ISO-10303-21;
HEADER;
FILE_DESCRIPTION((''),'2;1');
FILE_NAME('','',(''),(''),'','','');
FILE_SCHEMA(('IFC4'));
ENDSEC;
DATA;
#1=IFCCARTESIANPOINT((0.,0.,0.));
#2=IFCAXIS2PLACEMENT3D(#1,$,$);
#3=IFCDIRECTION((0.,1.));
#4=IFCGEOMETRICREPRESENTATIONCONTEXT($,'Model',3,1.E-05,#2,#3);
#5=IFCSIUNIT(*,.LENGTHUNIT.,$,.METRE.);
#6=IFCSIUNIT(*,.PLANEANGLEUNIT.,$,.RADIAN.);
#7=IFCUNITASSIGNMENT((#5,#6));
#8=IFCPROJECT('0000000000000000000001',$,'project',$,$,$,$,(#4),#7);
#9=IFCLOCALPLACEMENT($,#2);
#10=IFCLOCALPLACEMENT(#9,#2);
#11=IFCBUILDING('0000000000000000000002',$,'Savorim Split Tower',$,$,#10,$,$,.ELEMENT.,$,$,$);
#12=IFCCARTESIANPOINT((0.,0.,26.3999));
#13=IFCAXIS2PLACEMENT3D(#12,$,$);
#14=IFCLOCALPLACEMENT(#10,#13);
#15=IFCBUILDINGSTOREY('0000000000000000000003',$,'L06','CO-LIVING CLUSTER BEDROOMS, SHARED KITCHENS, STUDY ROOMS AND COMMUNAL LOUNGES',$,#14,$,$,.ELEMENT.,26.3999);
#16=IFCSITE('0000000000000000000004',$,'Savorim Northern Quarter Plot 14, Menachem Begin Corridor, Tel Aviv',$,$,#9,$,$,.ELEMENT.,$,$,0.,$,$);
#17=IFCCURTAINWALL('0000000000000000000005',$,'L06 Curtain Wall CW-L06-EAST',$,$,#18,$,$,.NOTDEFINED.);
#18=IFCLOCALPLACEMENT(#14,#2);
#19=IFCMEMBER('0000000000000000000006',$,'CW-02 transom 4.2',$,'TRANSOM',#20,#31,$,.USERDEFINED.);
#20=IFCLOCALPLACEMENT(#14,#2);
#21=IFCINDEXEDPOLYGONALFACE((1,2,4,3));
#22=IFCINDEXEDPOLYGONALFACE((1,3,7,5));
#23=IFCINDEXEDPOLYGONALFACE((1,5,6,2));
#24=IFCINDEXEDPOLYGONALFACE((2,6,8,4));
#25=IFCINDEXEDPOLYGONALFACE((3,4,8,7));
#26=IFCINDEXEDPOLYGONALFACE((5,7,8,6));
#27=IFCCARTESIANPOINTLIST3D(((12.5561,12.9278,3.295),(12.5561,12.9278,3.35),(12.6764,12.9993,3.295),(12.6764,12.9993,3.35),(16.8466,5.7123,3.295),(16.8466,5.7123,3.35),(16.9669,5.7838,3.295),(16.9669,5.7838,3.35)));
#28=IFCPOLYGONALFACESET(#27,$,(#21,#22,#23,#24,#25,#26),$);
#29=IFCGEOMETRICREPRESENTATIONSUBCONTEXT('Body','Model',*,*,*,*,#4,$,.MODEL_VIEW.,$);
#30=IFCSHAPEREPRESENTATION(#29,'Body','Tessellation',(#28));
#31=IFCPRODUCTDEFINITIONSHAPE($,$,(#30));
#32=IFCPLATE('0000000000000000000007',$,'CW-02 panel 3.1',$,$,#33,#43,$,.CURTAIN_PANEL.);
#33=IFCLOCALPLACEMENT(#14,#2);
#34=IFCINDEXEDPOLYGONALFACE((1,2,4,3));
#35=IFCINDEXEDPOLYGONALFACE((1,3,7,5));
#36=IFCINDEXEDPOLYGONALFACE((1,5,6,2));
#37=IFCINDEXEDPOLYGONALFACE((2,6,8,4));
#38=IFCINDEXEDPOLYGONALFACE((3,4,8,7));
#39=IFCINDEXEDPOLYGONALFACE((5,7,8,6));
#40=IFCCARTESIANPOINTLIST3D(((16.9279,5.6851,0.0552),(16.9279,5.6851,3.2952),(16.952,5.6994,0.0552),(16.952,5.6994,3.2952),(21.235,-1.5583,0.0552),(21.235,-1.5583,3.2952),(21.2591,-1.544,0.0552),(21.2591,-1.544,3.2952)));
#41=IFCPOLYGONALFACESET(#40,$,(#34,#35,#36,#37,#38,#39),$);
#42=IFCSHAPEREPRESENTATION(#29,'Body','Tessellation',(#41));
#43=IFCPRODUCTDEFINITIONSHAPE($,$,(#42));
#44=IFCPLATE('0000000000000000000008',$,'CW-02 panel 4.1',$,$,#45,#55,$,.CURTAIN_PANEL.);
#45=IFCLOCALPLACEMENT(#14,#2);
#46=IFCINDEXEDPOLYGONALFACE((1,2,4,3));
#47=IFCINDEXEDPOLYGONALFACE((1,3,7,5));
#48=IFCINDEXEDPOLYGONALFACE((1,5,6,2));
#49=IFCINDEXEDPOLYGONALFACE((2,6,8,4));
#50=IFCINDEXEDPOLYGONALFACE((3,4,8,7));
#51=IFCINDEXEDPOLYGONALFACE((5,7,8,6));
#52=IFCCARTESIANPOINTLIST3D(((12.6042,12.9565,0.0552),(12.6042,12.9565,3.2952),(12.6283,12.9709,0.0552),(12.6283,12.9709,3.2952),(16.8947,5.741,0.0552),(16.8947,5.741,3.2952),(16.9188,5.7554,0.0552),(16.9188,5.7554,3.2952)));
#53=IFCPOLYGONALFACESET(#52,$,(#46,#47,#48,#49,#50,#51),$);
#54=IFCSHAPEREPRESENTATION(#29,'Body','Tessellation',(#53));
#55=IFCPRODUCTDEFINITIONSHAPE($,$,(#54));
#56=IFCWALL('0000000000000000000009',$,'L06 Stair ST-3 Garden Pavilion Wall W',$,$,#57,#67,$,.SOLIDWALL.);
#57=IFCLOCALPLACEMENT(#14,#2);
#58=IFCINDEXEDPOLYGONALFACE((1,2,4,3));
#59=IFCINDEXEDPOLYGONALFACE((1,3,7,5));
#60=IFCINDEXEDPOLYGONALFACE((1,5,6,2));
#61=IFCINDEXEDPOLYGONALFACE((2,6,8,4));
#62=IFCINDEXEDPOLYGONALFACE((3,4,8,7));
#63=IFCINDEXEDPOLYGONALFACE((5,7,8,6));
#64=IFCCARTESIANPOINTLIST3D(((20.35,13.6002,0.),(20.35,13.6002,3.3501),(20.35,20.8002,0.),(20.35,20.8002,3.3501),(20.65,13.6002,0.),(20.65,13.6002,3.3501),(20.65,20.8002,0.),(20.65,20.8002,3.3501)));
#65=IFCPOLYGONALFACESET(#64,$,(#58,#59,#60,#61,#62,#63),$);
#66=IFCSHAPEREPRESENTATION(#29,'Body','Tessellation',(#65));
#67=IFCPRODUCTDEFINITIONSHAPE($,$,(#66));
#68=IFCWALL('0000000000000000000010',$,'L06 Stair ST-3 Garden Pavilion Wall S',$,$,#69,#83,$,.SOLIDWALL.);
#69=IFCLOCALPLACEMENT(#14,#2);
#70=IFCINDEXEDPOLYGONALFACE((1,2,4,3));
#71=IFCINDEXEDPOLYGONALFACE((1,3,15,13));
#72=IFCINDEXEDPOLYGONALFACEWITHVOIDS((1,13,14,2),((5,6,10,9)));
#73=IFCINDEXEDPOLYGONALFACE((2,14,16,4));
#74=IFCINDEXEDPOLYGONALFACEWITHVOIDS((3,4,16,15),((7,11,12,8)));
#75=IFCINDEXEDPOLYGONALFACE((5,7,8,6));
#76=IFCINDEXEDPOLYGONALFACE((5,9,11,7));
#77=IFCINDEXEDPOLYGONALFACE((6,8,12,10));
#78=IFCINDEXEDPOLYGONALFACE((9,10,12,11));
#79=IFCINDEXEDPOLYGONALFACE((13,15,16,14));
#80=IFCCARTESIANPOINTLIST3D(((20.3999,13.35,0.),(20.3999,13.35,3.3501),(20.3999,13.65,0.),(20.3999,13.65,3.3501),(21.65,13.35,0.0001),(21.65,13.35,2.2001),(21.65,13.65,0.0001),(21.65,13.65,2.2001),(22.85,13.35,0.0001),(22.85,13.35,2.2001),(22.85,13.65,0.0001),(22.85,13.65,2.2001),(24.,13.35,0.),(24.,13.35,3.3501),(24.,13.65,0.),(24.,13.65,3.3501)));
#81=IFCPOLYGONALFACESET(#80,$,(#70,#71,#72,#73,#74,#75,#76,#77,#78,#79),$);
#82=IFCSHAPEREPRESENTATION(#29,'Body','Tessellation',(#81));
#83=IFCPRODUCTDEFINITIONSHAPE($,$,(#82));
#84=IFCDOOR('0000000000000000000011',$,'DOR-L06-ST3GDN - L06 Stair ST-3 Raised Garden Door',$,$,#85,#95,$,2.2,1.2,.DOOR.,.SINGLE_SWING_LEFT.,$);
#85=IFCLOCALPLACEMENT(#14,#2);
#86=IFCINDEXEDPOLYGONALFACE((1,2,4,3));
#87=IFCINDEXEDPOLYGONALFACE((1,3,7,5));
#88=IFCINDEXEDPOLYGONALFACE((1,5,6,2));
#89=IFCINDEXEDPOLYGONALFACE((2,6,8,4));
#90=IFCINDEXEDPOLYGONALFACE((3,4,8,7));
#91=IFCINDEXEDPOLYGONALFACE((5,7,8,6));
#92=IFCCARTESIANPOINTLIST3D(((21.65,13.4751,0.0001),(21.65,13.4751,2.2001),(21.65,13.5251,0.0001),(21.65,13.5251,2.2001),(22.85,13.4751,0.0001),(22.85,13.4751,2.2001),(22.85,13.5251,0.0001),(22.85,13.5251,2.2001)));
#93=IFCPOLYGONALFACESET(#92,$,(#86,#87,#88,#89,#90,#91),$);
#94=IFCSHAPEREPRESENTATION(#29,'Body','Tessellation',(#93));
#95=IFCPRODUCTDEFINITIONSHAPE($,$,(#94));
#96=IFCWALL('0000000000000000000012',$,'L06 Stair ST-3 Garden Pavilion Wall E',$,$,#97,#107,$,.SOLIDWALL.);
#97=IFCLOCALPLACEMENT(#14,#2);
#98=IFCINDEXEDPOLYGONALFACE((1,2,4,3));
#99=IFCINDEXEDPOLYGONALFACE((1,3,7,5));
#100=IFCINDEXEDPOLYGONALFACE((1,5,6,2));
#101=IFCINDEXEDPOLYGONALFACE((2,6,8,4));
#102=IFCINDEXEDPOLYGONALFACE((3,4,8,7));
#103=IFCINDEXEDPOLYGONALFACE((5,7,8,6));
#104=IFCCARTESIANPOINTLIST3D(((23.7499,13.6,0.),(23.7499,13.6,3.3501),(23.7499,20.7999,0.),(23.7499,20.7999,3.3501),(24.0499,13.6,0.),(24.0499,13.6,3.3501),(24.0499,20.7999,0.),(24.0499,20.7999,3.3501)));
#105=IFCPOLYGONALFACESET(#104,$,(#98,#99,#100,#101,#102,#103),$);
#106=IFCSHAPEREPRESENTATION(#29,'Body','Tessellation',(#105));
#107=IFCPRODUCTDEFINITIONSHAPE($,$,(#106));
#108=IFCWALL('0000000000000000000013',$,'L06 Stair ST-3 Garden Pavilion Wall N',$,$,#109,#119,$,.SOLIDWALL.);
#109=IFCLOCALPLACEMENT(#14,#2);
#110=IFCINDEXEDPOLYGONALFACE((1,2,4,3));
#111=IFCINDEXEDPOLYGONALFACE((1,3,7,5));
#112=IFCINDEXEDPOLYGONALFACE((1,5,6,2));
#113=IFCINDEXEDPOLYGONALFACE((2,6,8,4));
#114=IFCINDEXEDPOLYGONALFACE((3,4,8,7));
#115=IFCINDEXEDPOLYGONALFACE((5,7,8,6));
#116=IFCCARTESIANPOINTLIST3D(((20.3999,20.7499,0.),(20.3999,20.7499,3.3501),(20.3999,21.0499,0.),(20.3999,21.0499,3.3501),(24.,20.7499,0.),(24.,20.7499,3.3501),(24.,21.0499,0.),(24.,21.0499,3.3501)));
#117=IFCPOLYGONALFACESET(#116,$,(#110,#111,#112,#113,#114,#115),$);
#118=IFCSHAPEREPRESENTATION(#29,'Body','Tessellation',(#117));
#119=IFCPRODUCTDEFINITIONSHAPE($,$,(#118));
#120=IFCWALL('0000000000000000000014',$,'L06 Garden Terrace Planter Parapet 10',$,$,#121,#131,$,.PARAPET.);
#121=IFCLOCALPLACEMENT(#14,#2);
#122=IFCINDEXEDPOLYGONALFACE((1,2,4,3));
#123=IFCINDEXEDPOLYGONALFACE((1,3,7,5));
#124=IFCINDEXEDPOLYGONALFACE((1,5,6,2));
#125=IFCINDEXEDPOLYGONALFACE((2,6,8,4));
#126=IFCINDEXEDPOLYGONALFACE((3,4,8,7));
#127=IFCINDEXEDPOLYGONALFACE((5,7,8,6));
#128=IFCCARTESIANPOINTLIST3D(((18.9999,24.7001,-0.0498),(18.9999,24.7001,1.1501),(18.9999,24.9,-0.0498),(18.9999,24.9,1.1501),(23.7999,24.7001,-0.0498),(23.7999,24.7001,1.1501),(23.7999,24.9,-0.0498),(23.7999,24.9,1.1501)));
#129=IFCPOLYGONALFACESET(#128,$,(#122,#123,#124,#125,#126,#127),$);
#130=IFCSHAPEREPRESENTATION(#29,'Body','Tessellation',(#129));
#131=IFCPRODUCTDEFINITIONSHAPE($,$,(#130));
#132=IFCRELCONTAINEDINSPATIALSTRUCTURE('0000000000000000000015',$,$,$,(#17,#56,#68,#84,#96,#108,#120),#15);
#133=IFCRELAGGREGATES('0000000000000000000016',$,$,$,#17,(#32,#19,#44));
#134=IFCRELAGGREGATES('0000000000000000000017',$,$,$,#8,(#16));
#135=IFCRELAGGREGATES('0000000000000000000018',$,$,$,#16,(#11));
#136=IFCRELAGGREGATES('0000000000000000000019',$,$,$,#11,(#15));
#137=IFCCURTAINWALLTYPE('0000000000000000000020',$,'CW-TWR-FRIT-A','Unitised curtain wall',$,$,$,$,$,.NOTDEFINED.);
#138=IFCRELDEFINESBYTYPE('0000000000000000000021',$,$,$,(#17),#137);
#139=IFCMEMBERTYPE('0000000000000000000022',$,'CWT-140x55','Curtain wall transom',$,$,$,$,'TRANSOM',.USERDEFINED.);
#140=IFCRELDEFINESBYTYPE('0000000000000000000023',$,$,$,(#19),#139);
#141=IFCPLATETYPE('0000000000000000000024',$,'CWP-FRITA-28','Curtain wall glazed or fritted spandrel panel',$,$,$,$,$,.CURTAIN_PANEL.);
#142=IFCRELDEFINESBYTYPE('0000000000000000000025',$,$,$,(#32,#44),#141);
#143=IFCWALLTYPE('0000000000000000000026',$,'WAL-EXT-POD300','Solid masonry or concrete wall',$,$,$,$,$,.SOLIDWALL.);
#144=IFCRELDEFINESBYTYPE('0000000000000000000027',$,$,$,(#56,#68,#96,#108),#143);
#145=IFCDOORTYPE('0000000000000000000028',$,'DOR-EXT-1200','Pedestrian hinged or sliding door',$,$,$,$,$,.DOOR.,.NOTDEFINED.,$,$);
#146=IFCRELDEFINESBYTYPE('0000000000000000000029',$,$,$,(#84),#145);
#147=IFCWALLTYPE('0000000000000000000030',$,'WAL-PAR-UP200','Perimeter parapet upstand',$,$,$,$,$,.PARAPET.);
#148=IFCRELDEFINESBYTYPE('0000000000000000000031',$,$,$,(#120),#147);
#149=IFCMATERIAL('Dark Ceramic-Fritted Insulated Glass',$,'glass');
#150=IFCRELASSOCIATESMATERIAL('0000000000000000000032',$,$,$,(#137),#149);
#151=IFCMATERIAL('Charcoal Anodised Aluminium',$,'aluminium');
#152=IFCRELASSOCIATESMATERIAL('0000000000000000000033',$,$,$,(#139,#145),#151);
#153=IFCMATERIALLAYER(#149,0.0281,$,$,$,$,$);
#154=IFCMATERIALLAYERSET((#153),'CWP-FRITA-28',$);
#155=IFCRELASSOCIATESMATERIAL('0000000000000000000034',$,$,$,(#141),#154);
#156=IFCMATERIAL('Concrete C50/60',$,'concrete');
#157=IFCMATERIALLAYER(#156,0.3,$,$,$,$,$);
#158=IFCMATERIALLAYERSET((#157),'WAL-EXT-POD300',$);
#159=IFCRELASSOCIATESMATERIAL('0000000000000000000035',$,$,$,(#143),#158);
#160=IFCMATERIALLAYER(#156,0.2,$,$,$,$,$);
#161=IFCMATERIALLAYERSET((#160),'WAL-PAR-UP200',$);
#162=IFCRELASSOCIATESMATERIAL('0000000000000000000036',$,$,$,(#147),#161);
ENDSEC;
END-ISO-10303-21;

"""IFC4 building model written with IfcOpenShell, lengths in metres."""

from ifc_helpers import new_model, si_unit, direction, frame, frame_2d, origin, origin_2d, place, context, subcontext, project, spatial, rectangle, extrude, material, layer, layer_set, material_profile, profile_set, type_object, element, fill, aggregate, save


model = new_model("IFC4")

# Units and contexts
model_context = context("Model", 3, precision=1e-05, world=origin(), true_north=direction((0.0, 1.0)))
body_context = subcontext(model_context, "Body", "Model", "MODEL_VIEW")
ifc_project = project(units=[si_unit("LENGTHUNIT", "METRE"), si_unit("PLANEANGLEUNIT", "RADIAN")], contexts=[model_context])

# Site, building, storey
site_placement = place(None, origin())
site = spatial("IfcSite", under=ifc_project, at=site_placement, Name="Savorim Northern Quarter Plot 14, Menachem Begin Corridor, Tel Aviv", CompositionType="ELEMENT", RefElevation=0.0)
building_placement = place(site_placement, origin())
building = spatial("IfcBuilding", under=site, at=building_placement, Name="Savorim Split Tower", CompositionType="ELEMENT")
storey_placement = place(building_placement, frame((0.0, 0.0, 26.3999)))
storey = spatial("IfcBuildingStorey", under=building, at=storey_placement, Name="L06", Description="CO-LIVING CLUSTER BEDROOMS, SHARED KITCHENS, STUDY ROOMS AND COMMUNAL LOUNGES", CompositionType="ELEMENT", Elevation=26.3999)

# Curtain wall, member, plates
ifc_material_1 = material(Name="Dark Ceramic-Fritted Insulated Glass", Category="glass")
curtain_wall_type = type_object("IfcCurtainWallType", Name="CW-TWR-FRIT-A", Description="Unitised curtain wall", PredefinedType="NOTDEFINED", material=ifc_material_1)
curtain_wall_placement = place(storey_placement, origin())
curtain_wall = element("IfcCurtainWall", 1, at=curtain_wall_placement, inside=storey, type_object=curtain_wall_type, Name="L06 Curtain Wall CW-L06-EAST", PredefinedType="NOTDEFINED")
ifc_material_2 = material(Name="Charcoal Anodised Aluminium", Category="aluminium")
ifc_material_profile_1 = material_profile(ifc_material_2, rectangle(XDim=0.1399, YDim=0.0549, at=origin_2d()), Name="ALU-T 140x55")
ifc_profile_set_1 = profile_set([ifc_material_profile_1], Name="Charcoal Anodised Aluminium")
member_type_1 = type_object("IfcMemberType", Name="CWT-140x55", Description="Curtain wall transom", ElementType="TRANSOM", PredefinedType="USERDEFINED", material=ifc_profile_set_1)
member_1_placement = place(storey_placement, frame((16.9067, 5.748, 3.3225), z_axis=(-0.511092, 0.859526, 0.0), x_axis=(-0.859526, -0.511092, 0.0)))
member_1 = element("IfcMember", 2, at=member_1_placement, type_object=member_type_1, Name="CW-02 transom 4.2", ObjectType="TRANSOM", PredefinedType="USERDEFINED", context=body_context, shape_type="SweptSolid", body=[
    extrude(rectangle(XDim=0.1399, YDim=0.0549, at=origin_2d()), origin(), (0.0, 0.0, 1.0), 8.3948),
])
ifc_layer_1 = layer(ifc_material_1, 0.0281)
ifc_layer_set_1 = layer_set([ifc_layer_1], Name="CWP-FRITA-28")
plate_type = type_object("IfcPlateType", Name="CWP-FRITA-28", Description="Curtain wall glazed or fritted spandrel panel", PredefinedType="CURTAIN_PANEL", material=ifc_layer_set_1)
plate_1_placement = place(storey_placement, frame((19.0935, 2.0706, 0.0552), z_axis=(0.0, 0.0, 1.0), x_axis=(-0.511092, 0.859526, 0.0)))
plate_1 = element("IfcPlate", 3, at=plate_1_placement, type_object=plate_type, Name="CW-02 panel 3.1", PredefinedType="CURTAIN_PANEL", context=body_context, shape_type="SweptSolid", body=[
    extrude(rectangle(XDim=8.4272, YDim=0.0281, at=origin_2d()), origin(), (0.0, 0.0, 1.0), 3.24),
])
plate_2_placement = place(storey_placement, frame((14.7615, 9.356, 0.0552), z_axis=(0.0, 0.0, 1.0), x_axis=(-0.511092, 0.859526, 0.0)))
plate_2 = element("IfcPlate", 4, at=plate_2_placement, type_object=plate_type, Name="CW-02 panel 4.1", PredefinedType="CURTAIN_PANEL", context=body_context, shape_type="SweptSolid", body=[
    extrude(rectangle(XDim=8.3948, YDim=0.0281, at=origin_2d()), origin(), (0.0, 0.0, 1.0), 3.24),
])
aggregate(curtain_wall, [plate_1, member_1, plate_2])

# Wall
ifc_material_3 = material(Name="Concrete C50/60", Category="concrete")
ifc_layer_2 = layer(ifc_material_3, 0.3)
ifc_layer_set_2 = layer_set([ifc_layer_2], Name="WAL-EXT-POD300")
wall_type_1 = type_object("IfcWallType", Name="WAL-EXT-POD300", Description="Solid masonry or concrete wall", PredefinedType="SOLIDWALL", material=ifc_layer_set_2)
wall_1_placement = place(storey_placement, frame((20.5, 13.6001, 0.0), z_axis=(0.0, 0.0, 1.0), x_axis=(0.0, 1.0, 0.0)))
element("IfcWall", 5, at=wall_1_placement, inside=storey, type_object=wall_type_1, Name="L06 Stair ST-3 Garden Pavilion Wall W", PredefinedType="SOLIDWALL", context=body_context, shape_type="SweptSolid", body=[
    extrude(rectangle(XDim=7.2, YDim=0.3, at=frame_2d((3.6001, 0.0))), origin(), (0.0, 0.0, 1.0), 3.3501),
])

# Wall, opening, door
wall_2_placement = place(storey_placement, frame((24.0, 13.5, 0.0), z_axis=(0.0, 0.0, 1.0), x_axis=(-1.0, 0.0, 0.0)))
wall_2 = element("IfcWall", 6, at=wall_2_placement, inside=storey, type_object=wall_type_1, Name="L06 Stair ST-3 Garden Pavilion Wall S", PredefinedType="SOLIDWALL", context=body_context, shape_type="SweptSolid", body=[
    extrude(rectangle(XDim=3.6001, YDim=0.3, at=frame_2d((1.8, 0.0))), origin(), (0.0, 0.0, 1.0), 3.3501),
])
opening_placement = place(wall_2_placement, frame((1.1499, 0.0, 0.0)))
opening = element("IfcOpeningElement", 7, at=opening_placement, cuts=wall_2, PredefinedType="OPENING", context=body_context, shape_type="SweptSolid", body=[
    extrude(rectangle(XDim=1.2, YDim=2.2, at=frame_2d((0.6001, 1.1001))), frame((0.0, 0.1599, 0.0), z_axis=(0.0, -1.0, 0.0), x_axis=(1.0, 0.0, 0.0)), (0.0, 0.0, 1.0), 0.3201),
])
door_type = type_object("IfcDoorType", Name="DOR-EXT-1200", Description="Pedestrian hinged or sliding door", OperationType="NOTDEFINED", PredefinedType="DOOR", material=ifc_material_2)
door_placement = place(opening_placement, origin())
door = element("IfcDoor", 8, at=door_placement, inside=storey, type_object=door_type, Name="DOR-L06-ST3GDN - L06 Stair ST-3 Raised Garden Door", OperationType="SINGLE_SWING_LEFT", OverallHeight=2.2, OverallWidth=1.2, PredefinedType="DOOR", context=body_context, shape_type="SweptSolid", body=[
    extrude(rectangle(XDim=1.2, YDim=2.2, at=frame_2d((0.6001, 1.1001))), frame((0.0, 0.0249, 0.0), z_axis=(0.0, -1.0, 0.0), x_axis=(1.0, 0.0, 0.0)), (0.0, 0.0, 1.0), 0.05),
])
fill(opening, door)

# Walls
wall_3_placement = place(storey_placement, frame((23.8999, 20.8, 0.0), z_axis=(0.0, 0.0, 1.0), x_axis=(0.0, -1.0, 0.0)))
element("IfcWall", 9, at=wall_3_placement, inside=storey, type_object=wall_type_1, Name="L06 Stair ST-3 Garden Pavilion Wall E", PredefinedType="SOLIDWALL", context=body_context, shape_type="SweptSolid", body=[
    extrude(rectangle(XDim=7.2, YDim=0.3, at=frame_2d((3.6001, 0.0))), origin(), (0.0, 0.0, 1.0), 3.3501),
])
wall_4_placement = place(storey_placement, frame((20.3999, 20.8999, 0.0), z_axis=(0.0, 0.0, 1.0), x_axis=(1.0, 0.0, 0.0)))
element("IfcWall", 10, at=wall_4_placement, inside=storey, type_object=wall_type_1, Name="L06 Stair ST-3 Garden Pavilion Wall N", PredefinedType="SOLIDWALL", context=body_context, shape_type="SweptSolid", body=[
    extrude(rectangle(XDim=3.6001, YDim=0.3, at=frame_2d((1.8, 0.0))), origin(), (0.0, 0.0, 1.0), 3.3501),
])
ifc_layer_3 = layer(ifc_material_3, 0.2)
ifc_layer_set_3 = layer_set([ifc_layer_3], Name="WAL-PAR-UP200")
wall_type_2 = type_object("IfcWallType", Name="WAL-PAR-UP200", Description="Perimeter parapet upstand", PredefinedType="PARAPET", material=ifc_layer_set_3)
wall_5_placement = place(storey_placement, frame((19.0, 24.8, -0.0498), z_axis=(0.0, 0.0, 1.0), x_axis=(1.0, 0.0, 0.0)))
element("IfcWall", 11, at=wall_5_placement, inside=storey, type_object=wall_type_2, Name="L06 Garden Terrace Planter Parapet 10", PredefinedType="PARAPET", context=body_context, shape_type="SweptSolid", body=[
    extrude(rectangle(XDim=4.8, YDim=0.2, at=frame_2d((2.3999, 0.0))), origin(), (0.0, 0.0, 1.0), 1.2),
])

save(model, "model.ifc")
